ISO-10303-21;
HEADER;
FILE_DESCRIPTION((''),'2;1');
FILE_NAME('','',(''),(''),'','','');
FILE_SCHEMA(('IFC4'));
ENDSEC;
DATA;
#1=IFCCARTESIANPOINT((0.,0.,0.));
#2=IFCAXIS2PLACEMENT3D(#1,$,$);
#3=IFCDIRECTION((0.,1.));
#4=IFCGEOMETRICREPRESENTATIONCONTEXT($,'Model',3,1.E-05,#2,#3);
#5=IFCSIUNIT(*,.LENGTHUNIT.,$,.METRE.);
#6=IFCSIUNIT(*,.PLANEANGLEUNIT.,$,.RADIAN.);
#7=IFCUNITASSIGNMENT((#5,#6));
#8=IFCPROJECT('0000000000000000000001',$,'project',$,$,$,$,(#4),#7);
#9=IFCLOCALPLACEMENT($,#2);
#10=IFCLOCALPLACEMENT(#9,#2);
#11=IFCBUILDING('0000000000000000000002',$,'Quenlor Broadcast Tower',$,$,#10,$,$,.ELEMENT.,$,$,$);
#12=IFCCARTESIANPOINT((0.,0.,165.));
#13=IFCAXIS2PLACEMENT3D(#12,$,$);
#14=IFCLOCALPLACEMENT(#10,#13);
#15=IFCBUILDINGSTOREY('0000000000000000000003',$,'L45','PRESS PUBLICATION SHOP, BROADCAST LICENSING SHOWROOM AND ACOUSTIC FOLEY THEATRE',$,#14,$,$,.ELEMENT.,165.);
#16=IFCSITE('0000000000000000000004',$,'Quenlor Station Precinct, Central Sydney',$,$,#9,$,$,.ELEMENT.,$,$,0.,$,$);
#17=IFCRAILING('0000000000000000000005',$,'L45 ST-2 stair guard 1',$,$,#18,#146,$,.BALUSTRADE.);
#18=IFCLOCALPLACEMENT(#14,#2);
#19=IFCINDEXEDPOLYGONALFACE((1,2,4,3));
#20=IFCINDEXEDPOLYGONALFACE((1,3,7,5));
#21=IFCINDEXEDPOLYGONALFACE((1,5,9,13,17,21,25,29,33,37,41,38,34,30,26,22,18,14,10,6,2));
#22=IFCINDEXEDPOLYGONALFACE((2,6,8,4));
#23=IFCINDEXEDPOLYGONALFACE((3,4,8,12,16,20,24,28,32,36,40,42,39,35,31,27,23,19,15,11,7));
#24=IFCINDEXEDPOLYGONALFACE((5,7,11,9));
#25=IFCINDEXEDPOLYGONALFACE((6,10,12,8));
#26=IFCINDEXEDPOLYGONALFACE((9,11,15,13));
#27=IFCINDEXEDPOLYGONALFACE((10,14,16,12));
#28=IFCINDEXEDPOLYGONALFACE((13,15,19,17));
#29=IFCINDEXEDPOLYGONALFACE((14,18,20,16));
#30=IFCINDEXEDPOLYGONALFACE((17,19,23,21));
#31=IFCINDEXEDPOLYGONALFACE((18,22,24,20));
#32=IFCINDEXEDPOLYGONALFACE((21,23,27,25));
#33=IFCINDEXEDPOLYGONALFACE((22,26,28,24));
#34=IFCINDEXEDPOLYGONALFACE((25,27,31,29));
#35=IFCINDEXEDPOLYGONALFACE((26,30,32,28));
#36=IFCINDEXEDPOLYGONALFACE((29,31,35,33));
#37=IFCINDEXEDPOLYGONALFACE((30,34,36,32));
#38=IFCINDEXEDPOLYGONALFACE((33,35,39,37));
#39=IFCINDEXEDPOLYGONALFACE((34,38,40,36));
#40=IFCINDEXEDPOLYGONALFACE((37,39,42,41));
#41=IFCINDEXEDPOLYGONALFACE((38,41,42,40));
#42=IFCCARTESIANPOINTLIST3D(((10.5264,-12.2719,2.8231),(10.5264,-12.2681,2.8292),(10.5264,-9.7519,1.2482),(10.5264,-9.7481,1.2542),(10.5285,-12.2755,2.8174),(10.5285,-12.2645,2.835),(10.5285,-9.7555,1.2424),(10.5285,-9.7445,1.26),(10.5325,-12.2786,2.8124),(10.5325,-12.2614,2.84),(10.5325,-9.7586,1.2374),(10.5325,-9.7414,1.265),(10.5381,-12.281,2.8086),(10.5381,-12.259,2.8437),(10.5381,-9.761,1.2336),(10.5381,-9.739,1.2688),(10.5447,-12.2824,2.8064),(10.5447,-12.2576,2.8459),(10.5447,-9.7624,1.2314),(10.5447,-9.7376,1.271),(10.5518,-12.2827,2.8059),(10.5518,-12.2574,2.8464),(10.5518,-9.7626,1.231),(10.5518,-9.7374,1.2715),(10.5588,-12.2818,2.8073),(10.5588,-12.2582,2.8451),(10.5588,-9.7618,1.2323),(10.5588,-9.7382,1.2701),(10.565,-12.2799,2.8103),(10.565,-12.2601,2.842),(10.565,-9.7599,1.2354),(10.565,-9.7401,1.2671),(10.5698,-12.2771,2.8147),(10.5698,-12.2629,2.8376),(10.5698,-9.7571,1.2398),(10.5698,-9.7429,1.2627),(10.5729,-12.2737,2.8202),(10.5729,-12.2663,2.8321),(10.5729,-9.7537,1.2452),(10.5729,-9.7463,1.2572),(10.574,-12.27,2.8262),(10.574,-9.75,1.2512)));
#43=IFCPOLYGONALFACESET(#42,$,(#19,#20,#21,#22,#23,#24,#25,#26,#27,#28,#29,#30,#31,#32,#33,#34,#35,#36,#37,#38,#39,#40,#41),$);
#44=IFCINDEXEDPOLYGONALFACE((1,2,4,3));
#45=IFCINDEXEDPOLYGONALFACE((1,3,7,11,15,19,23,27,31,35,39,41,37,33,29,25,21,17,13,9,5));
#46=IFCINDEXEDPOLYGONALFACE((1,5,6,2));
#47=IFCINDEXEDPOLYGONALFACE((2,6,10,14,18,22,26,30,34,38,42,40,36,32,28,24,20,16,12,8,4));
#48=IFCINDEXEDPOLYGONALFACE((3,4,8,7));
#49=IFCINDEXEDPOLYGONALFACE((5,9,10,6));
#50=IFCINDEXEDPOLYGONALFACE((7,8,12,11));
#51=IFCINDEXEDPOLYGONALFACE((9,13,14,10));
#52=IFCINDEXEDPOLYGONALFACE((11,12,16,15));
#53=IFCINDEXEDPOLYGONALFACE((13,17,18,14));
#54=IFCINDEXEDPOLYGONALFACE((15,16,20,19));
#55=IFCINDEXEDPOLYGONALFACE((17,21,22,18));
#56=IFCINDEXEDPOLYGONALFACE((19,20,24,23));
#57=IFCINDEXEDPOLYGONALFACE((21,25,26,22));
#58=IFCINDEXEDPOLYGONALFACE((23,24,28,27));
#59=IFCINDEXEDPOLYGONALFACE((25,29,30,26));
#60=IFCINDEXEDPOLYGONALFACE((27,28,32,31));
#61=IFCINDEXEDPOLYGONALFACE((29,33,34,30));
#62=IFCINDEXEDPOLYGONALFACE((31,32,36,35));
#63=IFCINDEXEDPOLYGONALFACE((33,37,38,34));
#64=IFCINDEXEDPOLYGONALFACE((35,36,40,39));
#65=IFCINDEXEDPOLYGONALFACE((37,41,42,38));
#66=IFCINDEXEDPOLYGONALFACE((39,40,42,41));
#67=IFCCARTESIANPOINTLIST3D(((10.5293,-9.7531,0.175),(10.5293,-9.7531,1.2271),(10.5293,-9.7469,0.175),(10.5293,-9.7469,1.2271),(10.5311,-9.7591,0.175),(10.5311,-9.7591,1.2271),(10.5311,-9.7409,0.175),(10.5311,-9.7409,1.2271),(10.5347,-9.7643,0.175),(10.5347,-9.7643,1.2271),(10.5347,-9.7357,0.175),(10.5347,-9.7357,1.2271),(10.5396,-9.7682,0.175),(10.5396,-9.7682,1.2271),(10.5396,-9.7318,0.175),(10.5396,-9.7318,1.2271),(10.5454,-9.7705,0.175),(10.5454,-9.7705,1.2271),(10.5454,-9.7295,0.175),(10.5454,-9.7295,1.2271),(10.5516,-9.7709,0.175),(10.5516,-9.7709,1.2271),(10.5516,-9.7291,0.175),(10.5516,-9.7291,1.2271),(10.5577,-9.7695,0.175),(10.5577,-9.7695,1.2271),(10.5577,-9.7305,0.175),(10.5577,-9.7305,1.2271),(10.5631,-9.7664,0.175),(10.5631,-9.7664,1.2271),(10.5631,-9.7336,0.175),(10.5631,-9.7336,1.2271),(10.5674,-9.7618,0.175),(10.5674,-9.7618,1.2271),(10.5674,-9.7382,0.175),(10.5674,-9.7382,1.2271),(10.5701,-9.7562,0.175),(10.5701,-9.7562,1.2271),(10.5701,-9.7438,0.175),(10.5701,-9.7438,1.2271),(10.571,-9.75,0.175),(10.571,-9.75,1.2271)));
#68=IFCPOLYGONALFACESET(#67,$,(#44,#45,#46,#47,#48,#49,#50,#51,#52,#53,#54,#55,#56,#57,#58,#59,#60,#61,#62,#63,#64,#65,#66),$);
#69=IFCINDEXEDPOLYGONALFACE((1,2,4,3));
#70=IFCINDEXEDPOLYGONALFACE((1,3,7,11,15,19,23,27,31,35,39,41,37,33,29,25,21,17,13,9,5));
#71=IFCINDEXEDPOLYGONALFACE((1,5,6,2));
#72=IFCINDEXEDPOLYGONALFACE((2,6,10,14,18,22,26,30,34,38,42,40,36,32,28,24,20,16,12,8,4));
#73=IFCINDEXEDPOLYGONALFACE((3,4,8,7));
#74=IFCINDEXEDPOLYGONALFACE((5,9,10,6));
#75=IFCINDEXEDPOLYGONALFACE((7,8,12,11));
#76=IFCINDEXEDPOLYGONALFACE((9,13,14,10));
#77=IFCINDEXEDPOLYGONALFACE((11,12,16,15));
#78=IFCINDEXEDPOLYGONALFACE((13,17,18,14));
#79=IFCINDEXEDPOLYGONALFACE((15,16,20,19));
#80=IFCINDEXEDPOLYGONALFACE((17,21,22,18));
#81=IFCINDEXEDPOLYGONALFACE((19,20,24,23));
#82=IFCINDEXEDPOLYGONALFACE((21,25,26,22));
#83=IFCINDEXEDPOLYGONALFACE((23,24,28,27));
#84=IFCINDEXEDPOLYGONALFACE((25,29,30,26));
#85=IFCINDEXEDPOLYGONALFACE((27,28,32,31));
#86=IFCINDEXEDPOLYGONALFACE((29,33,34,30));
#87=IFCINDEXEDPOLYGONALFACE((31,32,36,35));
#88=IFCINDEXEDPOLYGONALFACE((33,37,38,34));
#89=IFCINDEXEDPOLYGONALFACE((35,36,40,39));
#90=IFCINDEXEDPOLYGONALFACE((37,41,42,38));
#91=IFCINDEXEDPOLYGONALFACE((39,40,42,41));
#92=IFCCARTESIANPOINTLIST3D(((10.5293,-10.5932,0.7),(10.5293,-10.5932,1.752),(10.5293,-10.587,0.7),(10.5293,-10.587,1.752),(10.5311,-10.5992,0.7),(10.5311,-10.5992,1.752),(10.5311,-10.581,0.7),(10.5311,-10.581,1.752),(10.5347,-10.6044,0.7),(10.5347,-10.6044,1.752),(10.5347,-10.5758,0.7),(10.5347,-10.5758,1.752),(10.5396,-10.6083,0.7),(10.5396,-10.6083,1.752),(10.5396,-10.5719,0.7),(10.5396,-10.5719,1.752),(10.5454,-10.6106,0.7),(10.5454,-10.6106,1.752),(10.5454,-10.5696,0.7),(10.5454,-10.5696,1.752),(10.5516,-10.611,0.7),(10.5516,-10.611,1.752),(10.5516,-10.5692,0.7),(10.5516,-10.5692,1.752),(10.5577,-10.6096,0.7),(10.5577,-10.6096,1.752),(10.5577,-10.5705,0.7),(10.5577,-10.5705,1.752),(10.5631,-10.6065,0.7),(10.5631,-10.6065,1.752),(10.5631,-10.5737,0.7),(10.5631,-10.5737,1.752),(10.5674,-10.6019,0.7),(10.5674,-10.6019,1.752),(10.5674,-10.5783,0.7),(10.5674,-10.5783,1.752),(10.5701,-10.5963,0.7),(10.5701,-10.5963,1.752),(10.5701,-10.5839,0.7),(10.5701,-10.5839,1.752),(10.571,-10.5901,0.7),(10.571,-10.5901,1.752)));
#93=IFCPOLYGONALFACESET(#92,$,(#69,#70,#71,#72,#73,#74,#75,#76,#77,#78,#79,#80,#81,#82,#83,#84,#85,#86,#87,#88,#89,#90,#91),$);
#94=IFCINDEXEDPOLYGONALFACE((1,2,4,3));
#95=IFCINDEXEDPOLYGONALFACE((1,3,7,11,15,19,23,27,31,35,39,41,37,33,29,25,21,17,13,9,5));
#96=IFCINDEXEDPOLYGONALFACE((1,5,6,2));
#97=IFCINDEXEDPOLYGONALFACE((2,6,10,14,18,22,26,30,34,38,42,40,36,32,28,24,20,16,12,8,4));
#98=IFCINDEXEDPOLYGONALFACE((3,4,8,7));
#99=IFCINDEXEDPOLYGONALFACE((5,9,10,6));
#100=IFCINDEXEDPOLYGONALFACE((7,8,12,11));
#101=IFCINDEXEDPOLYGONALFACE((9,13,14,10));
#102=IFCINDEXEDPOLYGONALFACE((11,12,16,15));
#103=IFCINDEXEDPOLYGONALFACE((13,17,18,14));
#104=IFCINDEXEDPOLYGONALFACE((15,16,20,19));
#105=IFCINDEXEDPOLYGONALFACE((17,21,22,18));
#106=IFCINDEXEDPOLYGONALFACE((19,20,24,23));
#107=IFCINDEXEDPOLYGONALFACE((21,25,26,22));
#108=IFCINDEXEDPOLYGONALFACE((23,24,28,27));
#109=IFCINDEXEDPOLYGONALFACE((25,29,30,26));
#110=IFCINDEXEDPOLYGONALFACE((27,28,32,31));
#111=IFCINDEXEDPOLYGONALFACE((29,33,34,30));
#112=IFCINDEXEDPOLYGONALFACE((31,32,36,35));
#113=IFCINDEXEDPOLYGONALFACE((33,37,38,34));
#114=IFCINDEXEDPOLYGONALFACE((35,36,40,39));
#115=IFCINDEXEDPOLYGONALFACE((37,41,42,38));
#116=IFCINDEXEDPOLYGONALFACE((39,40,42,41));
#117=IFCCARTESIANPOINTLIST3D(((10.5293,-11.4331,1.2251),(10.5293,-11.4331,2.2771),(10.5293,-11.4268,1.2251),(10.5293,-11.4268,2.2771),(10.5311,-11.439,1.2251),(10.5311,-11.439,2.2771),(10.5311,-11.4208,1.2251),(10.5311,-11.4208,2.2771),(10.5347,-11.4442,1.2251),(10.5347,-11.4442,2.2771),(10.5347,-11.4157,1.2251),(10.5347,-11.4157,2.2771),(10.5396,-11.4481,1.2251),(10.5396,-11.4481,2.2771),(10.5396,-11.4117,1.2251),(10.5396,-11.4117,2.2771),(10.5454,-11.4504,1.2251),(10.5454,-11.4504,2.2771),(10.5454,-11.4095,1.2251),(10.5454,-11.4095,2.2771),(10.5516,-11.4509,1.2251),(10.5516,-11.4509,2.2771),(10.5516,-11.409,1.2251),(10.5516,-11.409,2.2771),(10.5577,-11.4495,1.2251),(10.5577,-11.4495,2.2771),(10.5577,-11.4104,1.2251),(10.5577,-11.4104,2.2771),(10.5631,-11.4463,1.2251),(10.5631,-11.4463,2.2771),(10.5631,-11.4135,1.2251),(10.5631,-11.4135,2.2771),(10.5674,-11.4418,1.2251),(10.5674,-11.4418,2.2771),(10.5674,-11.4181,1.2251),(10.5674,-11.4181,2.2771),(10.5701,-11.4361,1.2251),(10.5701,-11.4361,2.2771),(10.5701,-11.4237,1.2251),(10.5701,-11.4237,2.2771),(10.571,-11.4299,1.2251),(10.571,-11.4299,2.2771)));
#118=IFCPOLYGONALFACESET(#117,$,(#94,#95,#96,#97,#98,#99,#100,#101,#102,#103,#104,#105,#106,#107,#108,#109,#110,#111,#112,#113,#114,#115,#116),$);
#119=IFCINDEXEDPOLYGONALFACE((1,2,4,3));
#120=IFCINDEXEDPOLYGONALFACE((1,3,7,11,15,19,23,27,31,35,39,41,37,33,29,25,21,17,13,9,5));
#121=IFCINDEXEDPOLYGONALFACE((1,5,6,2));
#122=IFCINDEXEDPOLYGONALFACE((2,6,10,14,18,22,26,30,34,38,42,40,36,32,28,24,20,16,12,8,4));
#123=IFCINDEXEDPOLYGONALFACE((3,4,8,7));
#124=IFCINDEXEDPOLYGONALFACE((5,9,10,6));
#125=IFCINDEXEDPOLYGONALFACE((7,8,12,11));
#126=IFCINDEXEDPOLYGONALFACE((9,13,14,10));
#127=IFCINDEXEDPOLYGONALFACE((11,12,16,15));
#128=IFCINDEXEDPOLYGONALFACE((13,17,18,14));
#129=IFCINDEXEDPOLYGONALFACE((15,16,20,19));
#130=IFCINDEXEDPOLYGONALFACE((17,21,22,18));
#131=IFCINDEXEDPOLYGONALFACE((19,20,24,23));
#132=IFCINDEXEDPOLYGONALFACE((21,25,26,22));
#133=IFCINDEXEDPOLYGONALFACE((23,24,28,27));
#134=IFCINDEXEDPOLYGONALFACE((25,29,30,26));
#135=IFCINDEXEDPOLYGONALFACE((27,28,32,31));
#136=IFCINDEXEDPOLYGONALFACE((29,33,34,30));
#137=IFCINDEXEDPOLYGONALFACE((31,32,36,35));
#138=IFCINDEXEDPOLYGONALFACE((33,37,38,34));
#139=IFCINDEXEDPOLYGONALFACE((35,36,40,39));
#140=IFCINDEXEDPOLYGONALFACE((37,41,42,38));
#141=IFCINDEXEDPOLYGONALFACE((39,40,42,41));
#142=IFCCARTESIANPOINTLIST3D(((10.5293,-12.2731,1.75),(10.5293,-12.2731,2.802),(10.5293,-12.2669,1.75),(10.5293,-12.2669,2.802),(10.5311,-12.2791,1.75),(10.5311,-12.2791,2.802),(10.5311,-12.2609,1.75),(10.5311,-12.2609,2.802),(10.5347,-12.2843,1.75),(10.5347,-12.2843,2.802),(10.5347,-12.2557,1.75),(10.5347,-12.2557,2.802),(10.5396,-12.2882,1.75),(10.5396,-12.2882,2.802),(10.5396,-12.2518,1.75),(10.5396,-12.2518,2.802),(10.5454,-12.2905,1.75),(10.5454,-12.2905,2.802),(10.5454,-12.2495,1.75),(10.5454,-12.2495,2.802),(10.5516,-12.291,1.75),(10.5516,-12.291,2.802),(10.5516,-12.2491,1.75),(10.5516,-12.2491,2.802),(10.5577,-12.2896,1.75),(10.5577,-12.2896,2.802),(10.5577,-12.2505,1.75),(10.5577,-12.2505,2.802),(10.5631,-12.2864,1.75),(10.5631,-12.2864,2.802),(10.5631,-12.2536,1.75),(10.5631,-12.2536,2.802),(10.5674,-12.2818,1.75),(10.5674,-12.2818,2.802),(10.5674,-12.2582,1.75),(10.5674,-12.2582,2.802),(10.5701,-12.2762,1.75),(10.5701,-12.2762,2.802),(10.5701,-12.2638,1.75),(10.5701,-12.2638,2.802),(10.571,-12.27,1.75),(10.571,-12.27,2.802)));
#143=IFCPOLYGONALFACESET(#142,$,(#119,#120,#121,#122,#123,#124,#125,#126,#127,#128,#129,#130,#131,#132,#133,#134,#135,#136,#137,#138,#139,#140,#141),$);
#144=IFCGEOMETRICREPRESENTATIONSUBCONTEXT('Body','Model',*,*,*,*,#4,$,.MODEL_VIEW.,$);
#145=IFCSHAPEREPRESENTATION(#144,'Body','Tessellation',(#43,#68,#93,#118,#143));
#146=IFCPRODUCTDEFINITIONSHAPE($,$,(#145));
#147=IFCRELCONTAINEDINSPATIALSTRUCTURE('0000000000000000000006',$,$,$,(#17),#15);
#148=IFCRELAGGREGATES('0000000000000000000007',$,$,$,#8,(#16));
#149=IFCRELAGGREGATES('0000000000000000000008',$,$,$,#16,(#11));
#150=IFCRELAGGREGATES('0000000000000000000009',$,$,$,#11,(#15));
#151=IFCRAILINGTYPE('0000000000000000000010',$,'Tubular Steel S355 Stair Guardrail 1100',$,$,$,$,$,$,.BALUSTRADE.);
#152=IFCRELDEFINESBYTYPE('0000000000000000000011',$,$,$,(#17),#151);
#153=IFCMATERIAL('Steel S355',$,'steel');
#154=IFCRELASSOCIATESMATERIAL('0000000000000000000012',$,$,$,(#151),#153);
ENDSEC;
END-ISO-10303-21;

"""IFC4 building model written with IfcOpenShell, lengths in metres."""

from ifc_helpers import new_model, si_unit, direction, frame, origin, origin_2d, place, context, subcontext, project, spatial, circle, extrude, material, type_object, element, save


model = new_model("IFC4")

# Units and contexts
model_context = context("Model", 3, precision=1e-05, world=origin(), true_north=direction((0.0, 1.0)))
body_context = subcontext(model_context, "Body", "Model", "MODEL_VIEW")
ifc_project = project(units=[si_unit("LENGTHUNIT", "METRE"), si_unit("PLANEANGLEUNIT", "RADIAN")], contexts=[model_context])

# Site, building, storey
site_placement = place(None, origin())
site = spatial("IfcSite", under=ifc_project, at=site_placement, Name="Quenlor Station Precinct, Central Sydney", CompositionType="ELEMENT", RefElevation=0.0)
building_placement = place(site_placement, origin())
building = spatial("IfcBuilding", under=site, at=building_placement, Name="Quenlor Broadcast Tower", CompositionType="ELEMENT")
storey_placement = place(building_placement, frame((0.0, 0.0, 165.0)))
storey = spatial("IfcBuildingStorey", under=building, at=storey_placement, Name="L45", Description="PRESS PUBLICATION SHOP, BROADCAST LICENSING SHOWROOM AND ACOUSTIC FOLEY THEATRE", CompositionType="ELEMENT", Elevation=165.0)

# Railing
ifc_material_1 = material(Name="Steel S355", Category="steel")
railing_type_1 = type_object("IfcRailingType", Name="Tubular Steel S355 Stair Guardrail 1100", PredefinedType="BALUSTRADE", material=ifc_material_1)
railing_1_placement = place(storey_placement, frame((10.55, -9.75, 0.175)))
element("IfcRailing", 1, at=railing_1_placement, inside=storey, type_object=railing_type_1, Name="L45 ST-2 stair guard 1", PredefinedType="BALUSTRADE", context=body_context, shape_type="SweptSolid", body=[
    extrude(circle(Radius=0.0239, at=origin_2d()), frame((0.0, 0.0, 1.0762), z_axis=(0.0, -0.848008, 0.529984), x_axis=(1.0, 0.0, 0.0)), (0.0, 0.0, 1.0), 2.9717),
    extrude(circle(Radius=0.021, at=origin_2d()), origin(), (0.0, 0.0, 1.0), 1.052),
    extrude(circle(Radius=0.021, at=origin_2d()), frame((0.0, -0.8401, 0.5249)), (0.0, 0.0, 1.0), 1.052),
    extrude(circle(Radius=0.021, at=origin_2d()), frame((0.0, -1.6799, 1.05)), (0.0, 0.0, 1.0), 1.052),
    extrude(circle(Radius=0.021, at=origin_2d()), frame((0.0, -2.52, 1.575)), (0.0, 0.0, 1.0), 1.052),
])

save(model, "model.ifc")
